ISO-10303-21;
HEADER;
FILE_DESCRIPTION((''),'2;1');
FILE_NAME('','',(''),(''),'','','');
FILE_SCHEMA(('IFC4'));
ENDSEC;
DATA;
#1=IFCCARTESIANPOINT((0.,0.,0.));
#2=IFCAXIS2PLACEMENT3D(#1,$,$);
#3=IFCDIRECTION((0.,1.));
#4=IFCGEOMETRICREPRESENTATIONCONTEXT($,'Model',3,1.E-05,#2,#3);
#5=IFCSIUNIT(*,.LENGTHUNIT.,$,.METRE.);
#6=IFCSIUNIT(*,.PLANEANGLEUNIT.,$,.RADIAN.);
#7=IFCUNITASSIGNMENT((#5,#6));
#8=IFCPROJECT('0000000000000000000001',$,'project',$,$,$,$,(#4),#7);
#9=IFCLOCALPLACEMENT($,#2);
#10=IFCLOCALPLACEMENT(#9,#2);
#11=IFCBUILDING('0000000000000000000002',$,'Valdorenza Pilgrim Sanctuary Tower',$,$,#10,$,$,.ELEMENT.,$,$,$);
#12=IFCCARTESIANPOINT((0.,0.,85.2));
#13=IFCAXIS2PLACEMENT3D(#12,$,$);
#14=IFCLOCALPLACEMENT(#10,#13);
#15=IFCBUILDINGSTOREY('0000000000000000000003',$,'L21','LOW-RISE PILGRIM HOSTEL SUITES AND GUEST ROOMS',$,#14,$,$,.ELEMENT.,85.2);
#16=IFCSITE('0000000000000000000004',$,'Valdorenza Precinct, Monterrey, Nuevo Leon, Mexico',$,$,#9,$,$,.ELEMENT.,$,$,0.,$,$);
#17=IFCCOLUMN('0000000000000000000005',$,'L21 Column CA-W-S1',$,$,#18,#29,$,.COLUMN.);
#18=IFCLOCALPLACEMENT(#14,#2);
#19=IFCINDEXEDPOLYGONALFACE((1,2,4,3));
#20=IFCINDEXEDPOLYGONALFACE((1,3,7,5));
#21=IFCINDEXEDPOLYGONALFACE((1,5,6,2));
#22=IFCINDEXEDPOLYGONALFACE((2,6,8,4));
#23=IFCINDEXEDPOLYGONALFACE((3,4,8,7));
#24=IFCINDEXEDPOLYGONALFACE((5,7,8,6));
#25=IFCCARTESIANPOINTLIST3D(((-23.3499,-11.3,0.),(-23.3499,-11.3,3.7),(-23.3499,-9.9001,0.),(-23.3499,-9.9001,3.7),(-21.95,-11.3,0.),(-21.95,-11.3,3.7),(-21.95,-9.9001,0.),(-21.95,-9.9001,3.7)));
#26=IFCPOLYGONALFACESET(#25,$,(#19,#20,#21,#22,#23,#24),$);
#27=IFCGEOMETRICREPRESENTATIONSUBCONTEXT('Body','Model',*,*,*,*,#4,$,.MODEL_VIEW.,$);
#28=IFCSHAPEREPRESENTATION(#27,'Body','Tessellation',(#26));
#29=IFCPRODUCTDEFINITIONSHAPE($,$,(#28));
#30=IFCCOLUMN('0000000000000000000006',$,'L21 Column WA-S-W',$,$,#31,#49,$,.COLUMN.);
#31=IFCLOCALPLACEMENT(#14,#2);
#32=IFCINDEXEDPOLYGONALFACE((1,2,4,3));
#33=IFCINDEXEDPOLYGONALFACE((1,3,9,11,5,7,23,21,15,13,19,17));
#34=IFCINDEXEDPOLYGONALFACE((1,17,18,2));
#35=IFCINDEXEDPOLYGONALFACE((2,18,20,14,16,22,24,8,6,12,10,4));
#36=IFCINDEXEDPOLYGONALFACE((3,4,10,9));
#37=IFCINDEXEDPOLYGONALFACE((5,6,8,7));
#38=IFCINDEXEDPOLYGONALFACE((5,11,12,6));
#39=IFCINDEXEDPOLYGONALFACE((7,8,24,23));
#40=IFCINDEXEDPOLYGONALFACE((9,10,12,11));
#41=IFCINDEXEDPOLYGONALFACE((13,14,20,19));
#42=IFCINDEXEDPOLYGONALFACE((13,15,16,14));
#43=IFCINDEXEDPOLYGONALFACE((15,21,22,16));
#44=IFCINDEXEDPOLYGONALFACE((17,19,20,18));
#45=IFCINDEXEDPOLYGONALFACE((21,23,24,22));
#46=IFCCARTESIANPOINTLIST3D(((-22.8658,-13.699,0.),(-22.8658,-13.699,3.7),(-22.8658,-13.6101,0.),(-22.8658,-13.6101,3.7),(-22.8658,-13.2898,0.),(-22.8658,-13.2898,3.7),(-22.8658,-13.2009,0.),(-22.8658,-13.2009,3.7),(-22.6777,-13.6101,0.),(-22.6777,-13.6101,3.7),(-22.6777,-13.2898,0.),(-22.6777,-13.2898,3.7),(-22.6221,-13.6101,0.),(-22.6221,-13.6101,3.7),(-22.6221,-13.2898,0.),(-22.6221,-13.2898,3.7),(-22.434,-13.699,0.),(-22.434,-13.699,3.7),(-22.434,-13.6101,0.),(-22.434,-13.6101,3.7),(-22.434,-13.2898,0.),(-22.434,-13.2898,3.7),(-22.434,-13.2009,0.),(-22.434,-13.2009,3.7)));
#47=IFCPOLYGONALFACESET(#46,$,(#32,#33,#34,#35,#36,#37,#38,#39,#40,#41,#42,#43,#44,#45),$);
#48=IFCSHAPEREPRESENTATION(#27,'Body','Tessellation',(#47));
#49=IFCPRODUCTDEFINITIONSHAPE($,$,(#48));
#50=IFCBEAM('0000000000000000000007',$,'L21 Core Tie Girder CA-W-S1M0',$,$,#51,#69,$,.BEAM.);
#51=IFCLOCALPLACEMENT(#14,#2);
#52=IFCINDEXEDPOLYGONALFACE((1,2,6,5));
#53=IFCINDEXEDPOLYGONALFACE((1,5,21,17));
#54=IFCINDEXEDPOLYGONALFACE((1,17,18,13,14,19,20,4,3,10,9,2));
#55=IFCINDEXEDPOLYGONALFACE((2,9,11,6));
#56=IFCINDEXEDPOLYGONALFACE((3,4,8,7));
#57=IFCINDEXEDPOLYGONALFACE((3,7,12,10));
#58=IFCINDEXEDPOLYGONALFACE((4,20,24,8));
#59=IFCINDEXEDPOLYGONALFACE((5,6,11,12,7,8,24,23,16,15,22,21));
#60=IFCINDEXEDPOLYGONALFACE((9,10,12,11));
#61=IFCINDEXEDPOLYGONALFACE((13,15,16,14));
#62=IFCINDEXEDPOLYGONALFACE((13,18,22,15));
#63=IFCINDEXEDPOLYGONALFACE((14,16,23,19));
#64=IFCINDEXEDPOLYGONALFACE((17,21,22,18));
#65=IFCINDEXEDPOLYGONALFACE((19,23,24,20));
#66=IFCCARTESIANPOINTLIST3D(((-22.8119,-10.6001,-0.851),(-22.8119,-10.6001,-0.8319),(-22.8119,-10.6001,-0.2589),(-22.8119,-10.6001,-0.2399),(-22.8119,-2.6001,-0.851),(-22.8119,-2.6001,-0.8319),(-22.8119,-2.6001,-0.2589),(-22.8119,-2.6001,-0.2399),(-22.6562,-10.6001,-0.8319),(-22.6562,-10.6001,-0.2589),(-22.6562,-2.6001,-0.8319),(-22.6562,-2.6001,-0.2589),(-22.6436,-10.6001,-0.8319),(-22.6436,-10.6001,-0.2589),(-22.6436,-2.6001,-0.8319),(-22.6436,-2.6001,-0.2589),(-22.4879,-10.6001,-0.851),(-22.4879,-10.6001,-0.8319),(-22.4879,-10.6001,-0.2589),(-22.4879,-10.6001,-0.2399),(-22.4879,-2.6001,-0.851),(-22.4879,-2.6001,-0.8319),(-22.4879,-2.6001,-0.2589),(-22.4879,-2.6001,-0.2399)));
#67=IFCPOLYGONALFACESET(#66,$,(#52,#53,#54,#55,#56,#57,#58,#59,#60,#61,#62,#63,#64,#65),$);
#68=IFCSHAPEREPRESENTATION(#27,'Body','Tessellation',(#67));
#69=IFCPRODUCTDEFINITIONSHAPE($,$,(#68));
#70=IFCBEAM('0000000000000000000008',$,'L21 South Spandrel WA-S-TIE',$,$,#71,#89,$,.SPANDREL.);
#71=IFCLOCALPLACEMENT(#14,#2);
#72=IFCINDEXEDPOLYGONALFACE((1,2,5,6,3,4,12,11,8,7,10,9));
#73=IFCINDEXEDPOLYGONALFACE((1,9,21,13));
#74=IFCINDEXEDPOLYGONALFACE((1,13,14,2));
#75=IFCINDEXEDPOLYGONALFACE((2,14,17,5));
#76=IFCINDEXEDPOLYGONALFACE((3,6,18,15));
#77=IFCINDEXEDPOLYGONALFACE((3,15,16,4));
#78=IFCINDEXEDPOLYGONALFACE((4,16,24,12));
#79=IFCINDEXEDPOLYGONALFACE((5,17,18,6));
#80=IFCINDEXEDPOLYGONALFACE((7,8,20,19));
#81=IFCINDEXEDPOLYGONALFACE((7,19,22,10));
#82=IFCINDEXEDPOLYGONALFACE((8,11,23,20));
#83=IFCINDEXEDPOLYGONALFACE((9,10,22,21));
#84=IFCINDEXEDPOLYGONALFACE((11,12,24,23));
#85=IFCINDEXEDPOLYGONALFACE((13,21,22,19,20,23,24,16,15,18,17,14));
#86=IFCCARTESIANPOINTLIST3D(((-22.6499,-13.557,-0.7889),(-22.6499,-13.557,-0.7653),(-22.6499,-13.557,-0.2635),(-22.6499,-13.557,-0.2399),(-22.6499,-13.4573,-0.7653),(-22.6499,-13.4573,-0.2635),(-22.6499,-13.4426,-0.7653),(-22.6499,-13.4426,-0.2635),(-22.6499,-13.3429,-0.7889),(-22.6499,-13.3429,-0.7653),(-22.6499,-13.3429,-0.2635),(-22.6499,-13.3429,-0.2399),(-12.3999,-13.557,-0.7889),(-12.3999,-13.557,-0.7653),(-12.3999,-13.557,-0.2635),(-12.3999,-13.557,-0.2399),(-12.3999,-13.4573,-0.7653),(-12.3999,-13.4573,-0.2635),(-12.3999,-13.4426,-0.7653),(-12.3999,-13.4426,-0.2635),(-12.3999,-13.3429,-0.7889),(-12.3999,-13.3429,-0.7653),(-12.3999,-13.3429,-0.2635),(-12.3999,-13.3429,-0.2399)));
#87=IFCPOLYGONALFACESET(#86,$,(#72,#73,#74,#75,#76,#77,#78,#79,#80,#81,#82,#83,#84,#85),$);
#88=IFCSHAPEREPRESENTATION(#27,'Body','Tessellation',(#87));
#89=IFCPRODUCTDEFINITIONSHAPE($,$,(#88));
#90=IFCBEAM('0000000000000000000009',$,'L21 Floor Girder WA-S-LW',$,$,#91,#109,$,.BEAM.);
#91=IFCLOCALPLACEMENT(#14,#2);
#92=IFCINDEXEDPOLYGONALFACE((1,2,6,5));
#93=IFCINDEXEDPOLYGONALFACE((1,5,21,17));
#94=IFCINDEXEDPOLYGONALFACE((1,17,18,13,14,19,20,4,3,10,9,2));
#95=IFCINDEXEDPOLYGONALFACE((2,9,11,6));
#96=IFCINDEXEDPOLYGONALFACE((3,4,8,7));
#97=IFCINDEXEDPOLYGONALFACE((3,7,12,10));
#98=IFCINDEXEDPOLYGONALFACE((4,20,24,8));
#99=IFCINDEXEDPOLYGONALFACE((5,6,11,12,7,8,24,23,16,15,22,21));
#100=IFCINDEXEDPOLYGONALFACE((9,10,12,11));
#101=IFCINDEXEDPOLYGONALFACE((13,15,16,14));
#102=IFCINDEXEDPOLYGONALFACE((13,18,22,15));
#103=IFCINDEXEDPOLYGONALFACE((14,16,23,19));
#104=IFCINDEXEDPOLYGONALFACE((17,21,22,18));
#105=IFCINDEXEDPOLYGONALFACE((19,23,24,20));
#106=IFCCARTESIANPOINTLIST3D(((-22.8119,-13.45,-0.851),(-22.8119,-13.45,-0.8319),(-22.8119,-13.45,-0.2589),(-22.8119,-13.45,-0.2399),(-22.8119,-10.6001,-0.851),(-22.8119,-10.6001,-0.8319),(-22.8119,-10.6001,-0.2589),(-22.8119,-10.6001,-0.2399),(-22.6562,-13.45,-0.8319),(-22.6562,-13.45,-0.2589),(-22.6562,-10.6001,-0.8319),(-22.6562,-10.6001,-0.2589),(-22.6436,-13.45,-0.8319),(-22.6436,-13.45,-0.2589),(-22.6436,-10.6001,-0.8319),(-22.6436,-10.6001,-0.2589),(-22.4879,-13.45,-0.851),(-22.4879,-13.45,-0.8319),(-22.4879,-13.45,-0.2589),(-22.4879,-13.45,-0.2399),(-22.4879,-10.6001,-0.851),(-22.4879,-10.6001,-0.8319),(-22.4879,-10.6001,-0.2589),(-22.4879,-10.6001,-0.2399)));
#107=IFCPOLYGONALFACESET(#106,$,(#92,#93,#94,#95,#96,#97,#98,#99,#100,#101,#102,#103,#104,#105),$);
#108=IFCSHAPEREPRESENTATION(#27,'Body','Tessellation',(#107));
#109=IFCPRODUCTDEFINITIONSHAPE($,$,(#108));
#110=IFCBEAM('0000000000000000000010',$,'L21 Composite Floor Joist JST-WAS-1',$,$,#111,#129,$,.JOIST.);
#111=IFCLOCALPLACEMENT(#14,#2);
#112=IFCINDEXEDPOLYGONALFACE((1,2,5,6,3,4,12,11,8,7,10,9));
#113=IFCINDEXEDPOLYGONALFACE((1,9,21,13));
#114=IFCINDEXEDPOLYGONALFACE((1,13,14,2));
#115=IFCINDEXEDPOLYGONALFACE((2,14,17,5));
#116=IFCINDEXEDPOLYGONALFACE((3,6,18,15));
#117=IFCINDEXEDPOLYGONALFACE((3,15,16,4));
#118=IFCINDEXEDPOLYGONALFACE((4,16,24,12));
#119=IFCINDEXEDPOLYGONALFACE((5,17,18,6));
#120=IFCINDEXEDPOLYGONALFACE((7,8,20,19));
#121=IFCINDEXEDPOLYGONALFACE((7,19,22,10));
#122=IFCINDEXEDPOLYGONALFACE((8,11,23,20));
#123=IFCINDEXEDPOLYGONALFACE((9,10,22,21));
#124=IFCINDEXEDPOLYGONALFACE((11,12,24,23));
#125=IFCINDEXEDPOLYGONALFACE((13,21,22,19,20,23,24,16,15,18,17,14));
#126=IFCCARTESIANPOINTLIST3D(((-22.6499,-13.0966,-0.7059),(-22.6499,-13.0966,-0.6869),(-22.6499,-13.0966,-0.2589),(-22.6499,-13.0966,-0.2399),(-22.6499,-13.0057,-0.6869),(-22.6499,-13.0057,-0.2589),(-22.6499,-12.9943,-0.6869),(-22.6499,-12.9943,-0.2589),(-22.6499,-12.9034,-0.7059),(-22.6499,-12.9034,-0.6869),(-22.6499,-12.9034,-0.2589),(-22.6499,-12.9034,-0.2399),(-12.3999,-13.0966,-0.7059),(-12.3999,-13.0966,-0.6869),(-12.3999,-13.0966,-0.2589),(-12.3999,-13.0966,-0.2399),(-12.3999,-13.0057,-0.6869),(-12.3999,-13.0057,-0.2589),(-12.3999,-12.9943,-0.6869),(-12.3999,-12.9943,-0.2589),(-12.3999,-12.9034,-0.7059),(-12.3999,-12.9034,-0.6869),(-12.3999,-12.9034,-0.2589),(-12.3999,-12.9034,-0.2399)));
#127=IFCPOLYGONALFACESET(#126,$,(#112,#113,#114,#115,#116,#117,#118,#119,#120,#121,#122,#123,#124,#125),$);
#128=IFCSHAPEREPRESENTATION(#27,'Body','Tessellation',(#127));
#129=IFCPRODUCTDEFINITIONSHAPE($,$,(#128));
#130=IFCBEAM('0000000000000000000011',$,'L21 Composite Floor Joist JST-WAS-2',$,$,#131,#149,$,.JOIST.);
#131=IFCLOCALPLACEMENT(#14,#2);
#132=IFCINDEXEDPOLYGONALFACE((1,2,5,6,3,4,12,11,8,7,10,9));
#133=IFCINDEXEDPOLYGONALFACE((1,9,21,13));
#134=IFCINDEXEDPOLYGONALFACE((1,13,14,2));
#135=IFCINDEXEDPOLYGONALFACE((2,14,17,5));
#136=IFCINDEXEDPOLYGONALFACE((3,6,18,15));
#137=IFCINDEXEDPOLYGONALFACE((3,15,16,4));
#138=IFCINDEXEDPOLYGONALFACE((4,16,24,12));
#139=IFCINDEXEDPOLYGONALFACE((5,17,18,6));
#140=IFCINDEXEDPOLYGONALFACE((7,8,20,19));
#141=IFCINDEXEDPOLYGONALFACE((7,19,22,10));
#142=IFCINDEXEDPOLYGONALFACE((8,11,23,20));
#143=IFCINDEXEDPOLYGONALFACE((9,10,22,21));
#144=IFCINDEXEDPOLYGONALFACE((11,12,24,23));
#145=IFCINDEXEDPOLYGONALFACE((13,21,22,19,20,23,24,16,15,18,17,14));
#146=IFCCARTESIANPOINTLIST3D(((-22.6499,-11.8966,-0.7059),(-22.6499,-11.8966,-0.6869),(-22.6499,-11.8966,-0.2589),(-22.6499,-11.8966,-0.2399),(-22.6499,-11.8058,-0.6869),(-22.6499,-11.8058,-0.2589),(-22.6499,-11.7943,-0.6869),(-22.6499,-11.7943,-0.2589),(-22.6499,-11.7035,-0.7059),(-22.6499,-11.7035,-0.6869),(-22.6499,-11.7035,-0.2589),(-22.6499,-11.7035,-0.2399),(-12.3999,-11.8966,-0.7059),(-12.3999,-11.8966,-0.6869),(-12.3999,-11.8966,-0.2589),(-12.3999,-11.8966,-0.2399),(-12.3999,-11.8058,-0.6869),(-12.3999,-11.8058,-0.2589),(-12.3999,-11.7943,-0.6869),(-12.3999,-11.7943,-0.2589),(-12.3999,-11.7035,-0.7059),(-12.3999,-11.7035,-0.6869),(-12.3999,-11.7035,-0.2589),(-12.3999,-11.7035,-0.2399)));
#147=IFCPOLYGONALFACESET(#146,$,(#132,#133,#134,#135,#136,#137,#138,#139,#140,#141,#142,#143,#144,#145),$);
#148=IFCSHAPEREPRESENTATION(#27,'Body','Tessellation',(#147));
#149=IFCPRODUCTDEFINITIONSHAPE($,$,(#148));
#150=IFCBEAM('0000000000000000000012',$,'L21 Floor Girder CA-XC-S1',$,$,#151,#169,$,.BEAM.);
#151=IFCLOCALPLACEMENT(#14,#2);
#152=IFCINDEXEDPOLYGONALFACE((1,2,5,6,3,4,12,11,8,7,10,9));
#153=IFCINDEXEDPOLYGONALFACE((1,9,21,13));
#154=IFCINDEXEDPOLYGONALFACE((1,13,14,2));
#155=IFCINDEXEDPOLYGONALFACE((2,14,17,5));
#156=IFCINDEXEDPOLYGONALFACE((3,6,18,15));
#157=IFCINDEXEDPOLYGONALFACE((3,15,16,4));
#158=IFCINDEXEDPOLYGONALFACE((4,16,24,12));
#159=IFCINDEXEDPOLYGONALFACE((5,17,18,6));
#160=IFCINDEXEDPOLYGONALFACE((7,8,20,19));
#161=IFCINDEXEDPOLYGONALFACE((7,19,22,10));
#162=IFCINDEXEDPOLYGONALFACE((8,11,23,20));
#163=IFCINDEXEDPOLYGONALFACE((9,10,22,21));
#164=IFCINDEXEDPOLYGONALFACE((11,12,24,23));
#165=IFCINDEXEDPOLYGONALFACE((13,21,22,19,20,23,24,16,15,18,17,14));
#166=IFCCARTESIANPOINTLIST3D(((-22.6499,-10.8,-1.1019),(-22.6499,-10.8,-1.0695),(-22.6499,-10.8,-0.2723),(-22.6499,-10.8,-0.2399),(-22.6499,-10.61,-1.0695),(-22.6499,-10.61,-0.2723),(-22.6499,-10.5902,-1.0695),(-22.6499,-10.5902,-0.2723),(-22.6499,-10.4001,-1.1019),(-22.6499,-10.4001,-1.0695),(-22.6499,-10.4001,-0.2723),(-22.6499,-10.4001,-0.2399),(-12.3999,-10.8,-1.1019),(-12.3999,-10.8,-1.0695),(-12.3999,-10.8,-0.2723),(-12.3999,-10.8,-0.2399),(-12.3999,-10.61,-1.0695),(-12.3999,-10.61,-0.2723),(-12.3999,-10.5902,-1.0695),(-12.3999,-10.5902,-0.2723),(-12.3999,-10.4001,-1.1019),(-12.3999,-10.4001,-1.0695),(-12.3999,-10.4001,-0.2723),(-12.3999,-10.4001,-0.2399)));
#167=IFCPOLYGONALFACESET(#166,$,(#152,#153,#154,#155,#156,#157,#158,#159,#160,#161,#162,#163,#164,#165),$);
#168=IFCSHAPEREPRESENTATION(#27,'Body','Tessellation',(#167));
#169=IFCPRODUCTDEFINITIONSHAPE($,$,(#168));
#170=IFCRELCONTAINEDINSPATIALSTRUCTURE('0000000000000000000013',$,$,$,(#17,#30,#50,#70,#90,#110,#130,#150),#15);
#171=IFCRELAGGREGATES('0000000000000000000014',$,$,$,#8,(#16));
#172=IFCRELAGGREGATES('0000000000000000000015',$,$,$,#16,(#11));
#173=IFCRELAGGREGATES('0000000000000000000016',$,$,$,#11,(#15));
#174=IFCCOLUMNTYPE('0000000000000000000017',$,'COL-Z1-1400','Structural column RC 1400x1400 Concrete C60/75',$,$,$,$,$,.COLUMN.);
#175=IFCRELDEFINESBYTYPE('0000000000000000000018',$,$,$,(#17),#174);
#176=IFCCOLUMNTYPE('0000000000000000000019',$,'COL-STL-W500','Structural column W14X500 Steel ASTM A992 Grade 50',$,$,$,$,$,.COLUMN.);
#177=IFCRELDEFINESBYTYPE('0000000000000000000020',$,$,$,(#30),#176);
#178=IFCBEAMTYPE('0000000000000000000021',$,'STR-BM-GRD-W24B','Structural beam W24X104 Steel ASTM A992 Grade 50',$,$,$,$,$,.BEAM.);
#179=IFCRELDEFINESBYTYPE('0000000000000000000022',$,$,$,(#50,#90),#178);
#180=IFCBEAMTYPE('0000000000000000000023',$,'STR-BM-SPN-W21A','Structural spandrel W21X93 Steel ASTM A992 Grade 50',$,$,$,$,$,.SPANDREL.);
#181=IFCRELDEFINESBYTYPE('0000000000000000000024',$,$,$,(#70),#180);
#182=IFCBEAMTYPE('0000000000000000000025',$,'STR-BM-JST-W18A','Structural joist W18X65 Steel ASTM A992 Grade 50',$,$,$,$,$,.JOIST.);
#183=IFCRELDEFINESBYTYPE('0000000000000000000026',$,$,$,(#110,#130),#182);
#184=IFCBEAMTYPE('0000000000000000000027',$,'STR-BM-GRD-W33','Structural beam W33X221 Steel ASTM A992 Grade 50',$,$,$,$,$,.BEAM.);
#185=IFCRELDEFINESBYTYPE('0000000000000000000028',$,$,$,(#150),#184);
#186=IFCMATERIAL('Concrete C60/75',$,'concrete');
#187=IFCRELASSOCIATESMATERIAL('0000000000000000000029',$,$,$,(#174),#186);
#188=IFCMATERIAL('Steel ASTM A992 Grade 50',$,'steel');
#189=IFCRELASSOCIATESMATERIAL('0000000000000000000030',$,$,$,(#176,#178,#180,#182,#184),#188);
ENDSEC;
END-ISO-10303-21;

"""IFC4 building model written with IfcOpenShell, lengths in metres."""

from ifc_helpers import new_model, si_unit, direction, frame, origin, origin_2d, place, context, subcontext, project, spatial, rectangle, i_section, extrude, source, transform, mapped, material, material_profile, profile_set, type_object, element, save


model = new_model("IFC4")

# Units and contexts
model_context = context("Model", 3, precision=1e-05, world=origin(), true_north=direction((0.0, 1.0)))
body_context = subcontext(model_context, "Body", "Model", "MODEL_VIEW")
ifc_project = project(units=[si_unit("LENGTHUNIT", "METRE"), si_unit("PLANEANGLEUNIT", "RADIAN")], contexts=[model_context])

# Site, building, storey
site_placement = place(None, origin())
site = spatial("IfcSite", under=ifc_project, at=site_placement, Name="Valdorenza Precinct, Monterrey, Nuevo Leon, Mexico", CompositionType="ELEMENT", RefElevation=0.0)
building_placement = place(site_placement, origin())
building = spatial("IfcBuilding", under=site, at=building_placement, Name="Valdorenza Pilgrim Sanctuary Tower", CompositionType="ELEMENT")
storey_placement = place(building_placement, frame((0.0, 0.0, 85.2)))
storey = spatial("IfcBuildingStorey", under=building, at=storey_placement, Name="L21", Description="LOW-RISE PILGRIM HOSTEL SUITES AND GUEST ROOMS", CompositionType="ELEMENT", Elevation=85.2)

# Columns
ifc_material_1 = material(Name="Concrete C60/75", Category="concrete")
ifc_material_profile_1 = material_profile(ifc_material_1, rectangle(XDim=1.3999, YDim=1.3999, at=origin_2d()), Name="RC 1400x1400")
ifc_profile_set_1 = profile_set([ifc_material_profile_1], Name="Concrete C60/75")
column_type_1 = type_object("IfcColumnType", Name="COL-Z1-1400", Description="Structural column RC 1400x1400 Concrete C60/75", PredefinedType="COLUMN", material=ifc_profile_set_1)
shared_shape_1 = source(origin(), body_context, "Body", "SweptSolid", [
    extrude(rectangle(XDim=1.3999, YDim=1.3999, at=origin_2d()), origin(), (0.0, 0.0, 1.0), 3.7),
])
column_1_placement = place(storey_placement, frame((-22.6499, -10.6001, 0.0), z_axis=(0.0, 0.0, 1.0), x_axis=(1.0, 0.0, 0.0)))
element("IfcColumn", 1, at=column_1_placement, inside=storey, type_object=column_type_1, Name="L21 Column CA-W-S1", PredefinedType="COLUMN", context=body_context, shape_type="MappedRepresentation", body=[
    mapped(shared_shape_1, transform((0.0, 0.0, 0.0), x_axis=(1.0, 0.0, 0.0), y_axis=(0.0, 1.0, 0.0), z_axis=(0.0, 0.0, 1.0), scale=1.0)),
])
ifc_material_2 = material(Name="Steel ASTM A992 Grade 50", Category="steel")
ifc_material_profile_2 = material_profile(ifc_material_2, i_section(OverallWidth=0.4319, OverallDepth=0.498, WebThickness=0.0557, FlangeThickness=0.0889, at=origin_2d()), Name="W14X500")
ifc_profile_set_2 = profile_set([ifc_material_profile_2], Name="Steel ASTM A992 Grade 50")
column_type_2 = type_object("IfcColumnType", Name="COL-STL-W500", Description="Structural column W14X500 Steel ASTM A992 Grade 50", PredefinedType="COLUMN", material=ifc_profile_set_2)
shared_shape_2 = source(origin(), body_context, "Body", "SweptSolid", [
    extrude(i_section(OverallWidth=0.4319, OverallDepth=0.498, WebThickness=0.0557, FlangeThickness=0.0889, at=origin_2d()), origin(), (0.0, 0.0, 1.0), 3.7),
])
column_2_placement = place(storey_placement, frame((-22.6499, -13.45, 0.0), z_axis=(0.0, 0.0, 1.0), x_axis=(1.0, 0.0, 0.0)))
element("IfcColumn", 2, at=column_2_placement, inside=storey, type_object=column_type_2, Name="L21 Column WA-S-W", PredefinedType="COLUMN", context=body_context, shape_type="MappedRepresentation", body=[
    mapped(shared_shape_2, transform((0.0, 0.0, 0.0), x_axis=(1.0, 0.0, 0.0), y_axis=(0.0, 1.0, 0.0), z_axis=(0.0, 0.0, 1.0), scale=1.0)),
])

# Beams
ifc_material_profile_3 = material_profile(ifc_material_2, i_section(OverallWidth=0.324, OverallDepth=0.6111, WebThickness=0.0127, FlangeThickness=0.019, at=origin_2d()), Name="W24X104")
ifc_profile_set_3 = profile_set([ifc_material_profile_3], Name="Steel ASTM A992 Grade 50")
beam_type_1 = type_object("IfcBeamType", Name="STR-BM-GRD-W24B", Description="Structural beam W24X104 Steel ASTM A992 Grade 50", PredefinedType="BEAM", material=ifc_profile_set_3)
shared_shape_3 = source(origin(), body_context, "Body", "SweptSolid", [
    extrude(i_section(OverallWidth=0.324, OverallDepth=0.6111, WebThickness=0.0127, FlangeThickness=0.019, at=origin_2d()), origin(), (0.0, 0.0, 1.0), 8.0),
])
beam_1_placement = place(storey_placement, frame((-22.6499, -10.6001, -0.5454), z_axis=(0.0, 1.0, 0.0), x_axis=(-1.0, 0.0, 0.0)))
element("IfcBeam", 3, at=beam_1_placement, inside=storey, type_object=beam_type_1, Name="L21 Core Tie Girder CA-W-S1M0", PredefinedType="BEAM", context=body_context, shape_type="MappedRepresentation", body=[
    mapped(shared_shape_3, transform((0.0, 0.0, 0.0), x_axis=(1.0, 0.0, 0.0), y_axis=(0.0, 1.0, 0.0), z_axis=(0.0, 0.0, 1.0), scale=1.0)),
])
ifc_material_profile_4 = material_profile(ifc_material_2, i_section(OverallWidth=0.2141, OverallDepth=0.5491, WebThickness=0.0146, FlangeThickness=0.0237, at=origin_2d()), Name="W21X93")
ifc_profile_set_4 = profile_set([ifc_material_profile_4], Name="Steel ASTM A992 Grade 50")
beam_type_2 = type_object("IfcBeamType", Name="STR-BM-SPN-W21A", Description="Structural spandrel W21X93 Steel ASTM A992 Grade 50", PredefinedType="SPANDREL", material=ifc_profile_set_4)
shared_shape_4 = source(origin(), body_context, "Body", "SweptSolid", [
    extrude(i_section(OverallWidth=0.2141, OverallDepth=0.5491, WebThickness=0.0146, FlangeThickness=0.0237, at=origin_2d()), origin(), (0.0, 0.0, 1.0), 10.25),
])
beam_2_placement = place(storey_placement, frame((-22.6499, -13.45, -0.5144), z_axis=(1.0, 0.0, 0.0), x_axis=(0.0, 1.0, 0.0)))
element("IfcBeam", 4, at=beam_2_placement, inside=storey, type_object=beam_type_2, Name="L21 South Spandrel WA-S-TIE", PredefinedType="SPANDREL", context=body_context, shape_type="MappedRepresentation", body=[
    mapped(shared_shape_4, transform((0.0, 0.0, 0.0), x_axis=(1.0, 0.0, 0.0), y_axis=(0.0, 1.0, 0.0), z_axis=(0.0, 0.0, 1.0), scale=1.0)),
])
shared_shape_5 = source(origin(), body_context, "Body", "SweptSolid", [
    extrude(i_section(OverallWidth=0.324, OverallDepth=0.6111, WebThickness=0.0127, FlangeThickness=0.019, at=origin_2d()), origin(), (0.0, 0.0, 1.0), 2.8499),
])
beam_3_placement = place(storey_placement, frame((-22.6499, -13.45, -0.5454), z_axis=(0.0, 1.0, 0.0), x_axis=(-1.0, 0.0, 0.0)))
element("IfcBeam", 5, at=beam_3_placement, inside=storey, type_object=beam_type_1, Name="L21 Floor Girder WA-S-LW", PredefinedType="BEAM", context=body_context, shape_type="MappedRepresentation", body=[
    mapped(shared_shape_5, transform((0.0, 0.0, 0.0), x_axis=(1.0, 0.0, 0.0), y_axis=(0.0, 1.0, 0.0), z_axis=(0.0, 0.0, 1.0), scale=1.0)),
])
ifc_material_profile_5 = material_profile(ifc_material_2, i_section(OverallWidth=0.1931, OverallDepth=0.4661, WebThickness=0.0115, FlangeThickness=0.019, at=origin_2d()), Name="W18X65")
ifc_profile_set_5 = profile_set([ifc_material_profile_5], Name="Steel ASTM A992 Grade 50")
beam_type_3 = type_object("IfcBeamType", Name="STR-BM-JST-W18A", Description="Structural joist W18X65 Steel ASTM A992 Grade 50", PredefinedType="JOIST", material=ifc_profile_set_5)
shared_shape_6 = source(origin(), body_context, "Body", "SweptSolid", [
    extrude(i_section(OverallWidth=0.1931, OverallDepth=0.4661, WebThickness=0.0115, FlangeThickness=0.019, at=origin_2d()), origin(), (0.0, 0.0, 1.0), 10.25),
])
for number, where, z_axis, x_axis, name in (
    (6, (-22.6499, -13.0, -0.4729), (1.0, 0.0, 0.0), (0.0, 1.0, 0.0), "L21 Composite Floor Joist JST-WAS-1"),
    (7, (-22.6499, -11.8, -0.4729), (1.0, 0.0, 0.0), (0.0, 1.0, 0.0), "L21 Composite Floor Joist JST-WAS-2"),
):
    element("IfcBeam", number, at=place(storey_placement, frame(where, z_axis=z_axis, x_axis=x_axis)), inside=storey, type_object=beam_type_3, Name=name, PredefinedType="JOIST", context=body_context, shape_type="MappedRepresentation", body=[
        mapped(shared_shape_6, transform((0.0, 0.0, 0.0), x_axis=(1.0, 0.0, 0.0), y_axis=(0.0, 1.0, 0.0), z_axis=(0.0, 0.0, 1.0), scale=1.0)),
    ])
ifc_material_profile_6 = material_profile(ifc_material_2, i_section(OverallWidth=0.3999, OverallDepth=0.8621, WebThickness=0.0198, FlangeThickness=0.0325, at=origin_2d()), Name="W33X221")
ifc_profile_set_6 = profile_set([ifc_material_profile_6], Name="Steel ASTM A992 Grade 50")
beam_type_4 = type_object("IfcBeamType", Name="STR-BM-GRD-W33", Description="Structural beam W33X221 Steel ASTM A992 Grade 50", PredefinedType="BEAM", material=ifc_profile_set_6)
shared_shape_7 = source(origin(), body_context, "Body", "SweptSolid", [
    extrude(i_section(OverallWidth=0.3999, OverallDepth=0.8621, WebThickness=0.0198, FlangeThickness=0.0325, at=origin_2d()), origin(), (0.0, 0.0, 1.0), 10.25),
])
beam_4_placement = place(storey_placement, frame((-22.6499, -10.6001, -0.6709), z_axis=(1.0, 0.0, 0.0), x_axis=(0.0, 1.0, 0.0)))
element("IfcBeam", 8, at=beam_4_placement, inside=storey, type_object=beam_type_4, Name="L21 Floor Girder CA-XC-S1", PredefinedType="BEAM", context=body_context, shape_type="MappedRepresentation", body=[
    mapped(shared_shape_7, transform((0.0, 0.0, 0.0), x_axis=(1.0, 0.0, 0.0), y_axis=(0.0, 1.0, 0.0), z_axis=(0.0, 0.0, 1.0), scale=1.0)),
])

save(model, "model.ifc")
